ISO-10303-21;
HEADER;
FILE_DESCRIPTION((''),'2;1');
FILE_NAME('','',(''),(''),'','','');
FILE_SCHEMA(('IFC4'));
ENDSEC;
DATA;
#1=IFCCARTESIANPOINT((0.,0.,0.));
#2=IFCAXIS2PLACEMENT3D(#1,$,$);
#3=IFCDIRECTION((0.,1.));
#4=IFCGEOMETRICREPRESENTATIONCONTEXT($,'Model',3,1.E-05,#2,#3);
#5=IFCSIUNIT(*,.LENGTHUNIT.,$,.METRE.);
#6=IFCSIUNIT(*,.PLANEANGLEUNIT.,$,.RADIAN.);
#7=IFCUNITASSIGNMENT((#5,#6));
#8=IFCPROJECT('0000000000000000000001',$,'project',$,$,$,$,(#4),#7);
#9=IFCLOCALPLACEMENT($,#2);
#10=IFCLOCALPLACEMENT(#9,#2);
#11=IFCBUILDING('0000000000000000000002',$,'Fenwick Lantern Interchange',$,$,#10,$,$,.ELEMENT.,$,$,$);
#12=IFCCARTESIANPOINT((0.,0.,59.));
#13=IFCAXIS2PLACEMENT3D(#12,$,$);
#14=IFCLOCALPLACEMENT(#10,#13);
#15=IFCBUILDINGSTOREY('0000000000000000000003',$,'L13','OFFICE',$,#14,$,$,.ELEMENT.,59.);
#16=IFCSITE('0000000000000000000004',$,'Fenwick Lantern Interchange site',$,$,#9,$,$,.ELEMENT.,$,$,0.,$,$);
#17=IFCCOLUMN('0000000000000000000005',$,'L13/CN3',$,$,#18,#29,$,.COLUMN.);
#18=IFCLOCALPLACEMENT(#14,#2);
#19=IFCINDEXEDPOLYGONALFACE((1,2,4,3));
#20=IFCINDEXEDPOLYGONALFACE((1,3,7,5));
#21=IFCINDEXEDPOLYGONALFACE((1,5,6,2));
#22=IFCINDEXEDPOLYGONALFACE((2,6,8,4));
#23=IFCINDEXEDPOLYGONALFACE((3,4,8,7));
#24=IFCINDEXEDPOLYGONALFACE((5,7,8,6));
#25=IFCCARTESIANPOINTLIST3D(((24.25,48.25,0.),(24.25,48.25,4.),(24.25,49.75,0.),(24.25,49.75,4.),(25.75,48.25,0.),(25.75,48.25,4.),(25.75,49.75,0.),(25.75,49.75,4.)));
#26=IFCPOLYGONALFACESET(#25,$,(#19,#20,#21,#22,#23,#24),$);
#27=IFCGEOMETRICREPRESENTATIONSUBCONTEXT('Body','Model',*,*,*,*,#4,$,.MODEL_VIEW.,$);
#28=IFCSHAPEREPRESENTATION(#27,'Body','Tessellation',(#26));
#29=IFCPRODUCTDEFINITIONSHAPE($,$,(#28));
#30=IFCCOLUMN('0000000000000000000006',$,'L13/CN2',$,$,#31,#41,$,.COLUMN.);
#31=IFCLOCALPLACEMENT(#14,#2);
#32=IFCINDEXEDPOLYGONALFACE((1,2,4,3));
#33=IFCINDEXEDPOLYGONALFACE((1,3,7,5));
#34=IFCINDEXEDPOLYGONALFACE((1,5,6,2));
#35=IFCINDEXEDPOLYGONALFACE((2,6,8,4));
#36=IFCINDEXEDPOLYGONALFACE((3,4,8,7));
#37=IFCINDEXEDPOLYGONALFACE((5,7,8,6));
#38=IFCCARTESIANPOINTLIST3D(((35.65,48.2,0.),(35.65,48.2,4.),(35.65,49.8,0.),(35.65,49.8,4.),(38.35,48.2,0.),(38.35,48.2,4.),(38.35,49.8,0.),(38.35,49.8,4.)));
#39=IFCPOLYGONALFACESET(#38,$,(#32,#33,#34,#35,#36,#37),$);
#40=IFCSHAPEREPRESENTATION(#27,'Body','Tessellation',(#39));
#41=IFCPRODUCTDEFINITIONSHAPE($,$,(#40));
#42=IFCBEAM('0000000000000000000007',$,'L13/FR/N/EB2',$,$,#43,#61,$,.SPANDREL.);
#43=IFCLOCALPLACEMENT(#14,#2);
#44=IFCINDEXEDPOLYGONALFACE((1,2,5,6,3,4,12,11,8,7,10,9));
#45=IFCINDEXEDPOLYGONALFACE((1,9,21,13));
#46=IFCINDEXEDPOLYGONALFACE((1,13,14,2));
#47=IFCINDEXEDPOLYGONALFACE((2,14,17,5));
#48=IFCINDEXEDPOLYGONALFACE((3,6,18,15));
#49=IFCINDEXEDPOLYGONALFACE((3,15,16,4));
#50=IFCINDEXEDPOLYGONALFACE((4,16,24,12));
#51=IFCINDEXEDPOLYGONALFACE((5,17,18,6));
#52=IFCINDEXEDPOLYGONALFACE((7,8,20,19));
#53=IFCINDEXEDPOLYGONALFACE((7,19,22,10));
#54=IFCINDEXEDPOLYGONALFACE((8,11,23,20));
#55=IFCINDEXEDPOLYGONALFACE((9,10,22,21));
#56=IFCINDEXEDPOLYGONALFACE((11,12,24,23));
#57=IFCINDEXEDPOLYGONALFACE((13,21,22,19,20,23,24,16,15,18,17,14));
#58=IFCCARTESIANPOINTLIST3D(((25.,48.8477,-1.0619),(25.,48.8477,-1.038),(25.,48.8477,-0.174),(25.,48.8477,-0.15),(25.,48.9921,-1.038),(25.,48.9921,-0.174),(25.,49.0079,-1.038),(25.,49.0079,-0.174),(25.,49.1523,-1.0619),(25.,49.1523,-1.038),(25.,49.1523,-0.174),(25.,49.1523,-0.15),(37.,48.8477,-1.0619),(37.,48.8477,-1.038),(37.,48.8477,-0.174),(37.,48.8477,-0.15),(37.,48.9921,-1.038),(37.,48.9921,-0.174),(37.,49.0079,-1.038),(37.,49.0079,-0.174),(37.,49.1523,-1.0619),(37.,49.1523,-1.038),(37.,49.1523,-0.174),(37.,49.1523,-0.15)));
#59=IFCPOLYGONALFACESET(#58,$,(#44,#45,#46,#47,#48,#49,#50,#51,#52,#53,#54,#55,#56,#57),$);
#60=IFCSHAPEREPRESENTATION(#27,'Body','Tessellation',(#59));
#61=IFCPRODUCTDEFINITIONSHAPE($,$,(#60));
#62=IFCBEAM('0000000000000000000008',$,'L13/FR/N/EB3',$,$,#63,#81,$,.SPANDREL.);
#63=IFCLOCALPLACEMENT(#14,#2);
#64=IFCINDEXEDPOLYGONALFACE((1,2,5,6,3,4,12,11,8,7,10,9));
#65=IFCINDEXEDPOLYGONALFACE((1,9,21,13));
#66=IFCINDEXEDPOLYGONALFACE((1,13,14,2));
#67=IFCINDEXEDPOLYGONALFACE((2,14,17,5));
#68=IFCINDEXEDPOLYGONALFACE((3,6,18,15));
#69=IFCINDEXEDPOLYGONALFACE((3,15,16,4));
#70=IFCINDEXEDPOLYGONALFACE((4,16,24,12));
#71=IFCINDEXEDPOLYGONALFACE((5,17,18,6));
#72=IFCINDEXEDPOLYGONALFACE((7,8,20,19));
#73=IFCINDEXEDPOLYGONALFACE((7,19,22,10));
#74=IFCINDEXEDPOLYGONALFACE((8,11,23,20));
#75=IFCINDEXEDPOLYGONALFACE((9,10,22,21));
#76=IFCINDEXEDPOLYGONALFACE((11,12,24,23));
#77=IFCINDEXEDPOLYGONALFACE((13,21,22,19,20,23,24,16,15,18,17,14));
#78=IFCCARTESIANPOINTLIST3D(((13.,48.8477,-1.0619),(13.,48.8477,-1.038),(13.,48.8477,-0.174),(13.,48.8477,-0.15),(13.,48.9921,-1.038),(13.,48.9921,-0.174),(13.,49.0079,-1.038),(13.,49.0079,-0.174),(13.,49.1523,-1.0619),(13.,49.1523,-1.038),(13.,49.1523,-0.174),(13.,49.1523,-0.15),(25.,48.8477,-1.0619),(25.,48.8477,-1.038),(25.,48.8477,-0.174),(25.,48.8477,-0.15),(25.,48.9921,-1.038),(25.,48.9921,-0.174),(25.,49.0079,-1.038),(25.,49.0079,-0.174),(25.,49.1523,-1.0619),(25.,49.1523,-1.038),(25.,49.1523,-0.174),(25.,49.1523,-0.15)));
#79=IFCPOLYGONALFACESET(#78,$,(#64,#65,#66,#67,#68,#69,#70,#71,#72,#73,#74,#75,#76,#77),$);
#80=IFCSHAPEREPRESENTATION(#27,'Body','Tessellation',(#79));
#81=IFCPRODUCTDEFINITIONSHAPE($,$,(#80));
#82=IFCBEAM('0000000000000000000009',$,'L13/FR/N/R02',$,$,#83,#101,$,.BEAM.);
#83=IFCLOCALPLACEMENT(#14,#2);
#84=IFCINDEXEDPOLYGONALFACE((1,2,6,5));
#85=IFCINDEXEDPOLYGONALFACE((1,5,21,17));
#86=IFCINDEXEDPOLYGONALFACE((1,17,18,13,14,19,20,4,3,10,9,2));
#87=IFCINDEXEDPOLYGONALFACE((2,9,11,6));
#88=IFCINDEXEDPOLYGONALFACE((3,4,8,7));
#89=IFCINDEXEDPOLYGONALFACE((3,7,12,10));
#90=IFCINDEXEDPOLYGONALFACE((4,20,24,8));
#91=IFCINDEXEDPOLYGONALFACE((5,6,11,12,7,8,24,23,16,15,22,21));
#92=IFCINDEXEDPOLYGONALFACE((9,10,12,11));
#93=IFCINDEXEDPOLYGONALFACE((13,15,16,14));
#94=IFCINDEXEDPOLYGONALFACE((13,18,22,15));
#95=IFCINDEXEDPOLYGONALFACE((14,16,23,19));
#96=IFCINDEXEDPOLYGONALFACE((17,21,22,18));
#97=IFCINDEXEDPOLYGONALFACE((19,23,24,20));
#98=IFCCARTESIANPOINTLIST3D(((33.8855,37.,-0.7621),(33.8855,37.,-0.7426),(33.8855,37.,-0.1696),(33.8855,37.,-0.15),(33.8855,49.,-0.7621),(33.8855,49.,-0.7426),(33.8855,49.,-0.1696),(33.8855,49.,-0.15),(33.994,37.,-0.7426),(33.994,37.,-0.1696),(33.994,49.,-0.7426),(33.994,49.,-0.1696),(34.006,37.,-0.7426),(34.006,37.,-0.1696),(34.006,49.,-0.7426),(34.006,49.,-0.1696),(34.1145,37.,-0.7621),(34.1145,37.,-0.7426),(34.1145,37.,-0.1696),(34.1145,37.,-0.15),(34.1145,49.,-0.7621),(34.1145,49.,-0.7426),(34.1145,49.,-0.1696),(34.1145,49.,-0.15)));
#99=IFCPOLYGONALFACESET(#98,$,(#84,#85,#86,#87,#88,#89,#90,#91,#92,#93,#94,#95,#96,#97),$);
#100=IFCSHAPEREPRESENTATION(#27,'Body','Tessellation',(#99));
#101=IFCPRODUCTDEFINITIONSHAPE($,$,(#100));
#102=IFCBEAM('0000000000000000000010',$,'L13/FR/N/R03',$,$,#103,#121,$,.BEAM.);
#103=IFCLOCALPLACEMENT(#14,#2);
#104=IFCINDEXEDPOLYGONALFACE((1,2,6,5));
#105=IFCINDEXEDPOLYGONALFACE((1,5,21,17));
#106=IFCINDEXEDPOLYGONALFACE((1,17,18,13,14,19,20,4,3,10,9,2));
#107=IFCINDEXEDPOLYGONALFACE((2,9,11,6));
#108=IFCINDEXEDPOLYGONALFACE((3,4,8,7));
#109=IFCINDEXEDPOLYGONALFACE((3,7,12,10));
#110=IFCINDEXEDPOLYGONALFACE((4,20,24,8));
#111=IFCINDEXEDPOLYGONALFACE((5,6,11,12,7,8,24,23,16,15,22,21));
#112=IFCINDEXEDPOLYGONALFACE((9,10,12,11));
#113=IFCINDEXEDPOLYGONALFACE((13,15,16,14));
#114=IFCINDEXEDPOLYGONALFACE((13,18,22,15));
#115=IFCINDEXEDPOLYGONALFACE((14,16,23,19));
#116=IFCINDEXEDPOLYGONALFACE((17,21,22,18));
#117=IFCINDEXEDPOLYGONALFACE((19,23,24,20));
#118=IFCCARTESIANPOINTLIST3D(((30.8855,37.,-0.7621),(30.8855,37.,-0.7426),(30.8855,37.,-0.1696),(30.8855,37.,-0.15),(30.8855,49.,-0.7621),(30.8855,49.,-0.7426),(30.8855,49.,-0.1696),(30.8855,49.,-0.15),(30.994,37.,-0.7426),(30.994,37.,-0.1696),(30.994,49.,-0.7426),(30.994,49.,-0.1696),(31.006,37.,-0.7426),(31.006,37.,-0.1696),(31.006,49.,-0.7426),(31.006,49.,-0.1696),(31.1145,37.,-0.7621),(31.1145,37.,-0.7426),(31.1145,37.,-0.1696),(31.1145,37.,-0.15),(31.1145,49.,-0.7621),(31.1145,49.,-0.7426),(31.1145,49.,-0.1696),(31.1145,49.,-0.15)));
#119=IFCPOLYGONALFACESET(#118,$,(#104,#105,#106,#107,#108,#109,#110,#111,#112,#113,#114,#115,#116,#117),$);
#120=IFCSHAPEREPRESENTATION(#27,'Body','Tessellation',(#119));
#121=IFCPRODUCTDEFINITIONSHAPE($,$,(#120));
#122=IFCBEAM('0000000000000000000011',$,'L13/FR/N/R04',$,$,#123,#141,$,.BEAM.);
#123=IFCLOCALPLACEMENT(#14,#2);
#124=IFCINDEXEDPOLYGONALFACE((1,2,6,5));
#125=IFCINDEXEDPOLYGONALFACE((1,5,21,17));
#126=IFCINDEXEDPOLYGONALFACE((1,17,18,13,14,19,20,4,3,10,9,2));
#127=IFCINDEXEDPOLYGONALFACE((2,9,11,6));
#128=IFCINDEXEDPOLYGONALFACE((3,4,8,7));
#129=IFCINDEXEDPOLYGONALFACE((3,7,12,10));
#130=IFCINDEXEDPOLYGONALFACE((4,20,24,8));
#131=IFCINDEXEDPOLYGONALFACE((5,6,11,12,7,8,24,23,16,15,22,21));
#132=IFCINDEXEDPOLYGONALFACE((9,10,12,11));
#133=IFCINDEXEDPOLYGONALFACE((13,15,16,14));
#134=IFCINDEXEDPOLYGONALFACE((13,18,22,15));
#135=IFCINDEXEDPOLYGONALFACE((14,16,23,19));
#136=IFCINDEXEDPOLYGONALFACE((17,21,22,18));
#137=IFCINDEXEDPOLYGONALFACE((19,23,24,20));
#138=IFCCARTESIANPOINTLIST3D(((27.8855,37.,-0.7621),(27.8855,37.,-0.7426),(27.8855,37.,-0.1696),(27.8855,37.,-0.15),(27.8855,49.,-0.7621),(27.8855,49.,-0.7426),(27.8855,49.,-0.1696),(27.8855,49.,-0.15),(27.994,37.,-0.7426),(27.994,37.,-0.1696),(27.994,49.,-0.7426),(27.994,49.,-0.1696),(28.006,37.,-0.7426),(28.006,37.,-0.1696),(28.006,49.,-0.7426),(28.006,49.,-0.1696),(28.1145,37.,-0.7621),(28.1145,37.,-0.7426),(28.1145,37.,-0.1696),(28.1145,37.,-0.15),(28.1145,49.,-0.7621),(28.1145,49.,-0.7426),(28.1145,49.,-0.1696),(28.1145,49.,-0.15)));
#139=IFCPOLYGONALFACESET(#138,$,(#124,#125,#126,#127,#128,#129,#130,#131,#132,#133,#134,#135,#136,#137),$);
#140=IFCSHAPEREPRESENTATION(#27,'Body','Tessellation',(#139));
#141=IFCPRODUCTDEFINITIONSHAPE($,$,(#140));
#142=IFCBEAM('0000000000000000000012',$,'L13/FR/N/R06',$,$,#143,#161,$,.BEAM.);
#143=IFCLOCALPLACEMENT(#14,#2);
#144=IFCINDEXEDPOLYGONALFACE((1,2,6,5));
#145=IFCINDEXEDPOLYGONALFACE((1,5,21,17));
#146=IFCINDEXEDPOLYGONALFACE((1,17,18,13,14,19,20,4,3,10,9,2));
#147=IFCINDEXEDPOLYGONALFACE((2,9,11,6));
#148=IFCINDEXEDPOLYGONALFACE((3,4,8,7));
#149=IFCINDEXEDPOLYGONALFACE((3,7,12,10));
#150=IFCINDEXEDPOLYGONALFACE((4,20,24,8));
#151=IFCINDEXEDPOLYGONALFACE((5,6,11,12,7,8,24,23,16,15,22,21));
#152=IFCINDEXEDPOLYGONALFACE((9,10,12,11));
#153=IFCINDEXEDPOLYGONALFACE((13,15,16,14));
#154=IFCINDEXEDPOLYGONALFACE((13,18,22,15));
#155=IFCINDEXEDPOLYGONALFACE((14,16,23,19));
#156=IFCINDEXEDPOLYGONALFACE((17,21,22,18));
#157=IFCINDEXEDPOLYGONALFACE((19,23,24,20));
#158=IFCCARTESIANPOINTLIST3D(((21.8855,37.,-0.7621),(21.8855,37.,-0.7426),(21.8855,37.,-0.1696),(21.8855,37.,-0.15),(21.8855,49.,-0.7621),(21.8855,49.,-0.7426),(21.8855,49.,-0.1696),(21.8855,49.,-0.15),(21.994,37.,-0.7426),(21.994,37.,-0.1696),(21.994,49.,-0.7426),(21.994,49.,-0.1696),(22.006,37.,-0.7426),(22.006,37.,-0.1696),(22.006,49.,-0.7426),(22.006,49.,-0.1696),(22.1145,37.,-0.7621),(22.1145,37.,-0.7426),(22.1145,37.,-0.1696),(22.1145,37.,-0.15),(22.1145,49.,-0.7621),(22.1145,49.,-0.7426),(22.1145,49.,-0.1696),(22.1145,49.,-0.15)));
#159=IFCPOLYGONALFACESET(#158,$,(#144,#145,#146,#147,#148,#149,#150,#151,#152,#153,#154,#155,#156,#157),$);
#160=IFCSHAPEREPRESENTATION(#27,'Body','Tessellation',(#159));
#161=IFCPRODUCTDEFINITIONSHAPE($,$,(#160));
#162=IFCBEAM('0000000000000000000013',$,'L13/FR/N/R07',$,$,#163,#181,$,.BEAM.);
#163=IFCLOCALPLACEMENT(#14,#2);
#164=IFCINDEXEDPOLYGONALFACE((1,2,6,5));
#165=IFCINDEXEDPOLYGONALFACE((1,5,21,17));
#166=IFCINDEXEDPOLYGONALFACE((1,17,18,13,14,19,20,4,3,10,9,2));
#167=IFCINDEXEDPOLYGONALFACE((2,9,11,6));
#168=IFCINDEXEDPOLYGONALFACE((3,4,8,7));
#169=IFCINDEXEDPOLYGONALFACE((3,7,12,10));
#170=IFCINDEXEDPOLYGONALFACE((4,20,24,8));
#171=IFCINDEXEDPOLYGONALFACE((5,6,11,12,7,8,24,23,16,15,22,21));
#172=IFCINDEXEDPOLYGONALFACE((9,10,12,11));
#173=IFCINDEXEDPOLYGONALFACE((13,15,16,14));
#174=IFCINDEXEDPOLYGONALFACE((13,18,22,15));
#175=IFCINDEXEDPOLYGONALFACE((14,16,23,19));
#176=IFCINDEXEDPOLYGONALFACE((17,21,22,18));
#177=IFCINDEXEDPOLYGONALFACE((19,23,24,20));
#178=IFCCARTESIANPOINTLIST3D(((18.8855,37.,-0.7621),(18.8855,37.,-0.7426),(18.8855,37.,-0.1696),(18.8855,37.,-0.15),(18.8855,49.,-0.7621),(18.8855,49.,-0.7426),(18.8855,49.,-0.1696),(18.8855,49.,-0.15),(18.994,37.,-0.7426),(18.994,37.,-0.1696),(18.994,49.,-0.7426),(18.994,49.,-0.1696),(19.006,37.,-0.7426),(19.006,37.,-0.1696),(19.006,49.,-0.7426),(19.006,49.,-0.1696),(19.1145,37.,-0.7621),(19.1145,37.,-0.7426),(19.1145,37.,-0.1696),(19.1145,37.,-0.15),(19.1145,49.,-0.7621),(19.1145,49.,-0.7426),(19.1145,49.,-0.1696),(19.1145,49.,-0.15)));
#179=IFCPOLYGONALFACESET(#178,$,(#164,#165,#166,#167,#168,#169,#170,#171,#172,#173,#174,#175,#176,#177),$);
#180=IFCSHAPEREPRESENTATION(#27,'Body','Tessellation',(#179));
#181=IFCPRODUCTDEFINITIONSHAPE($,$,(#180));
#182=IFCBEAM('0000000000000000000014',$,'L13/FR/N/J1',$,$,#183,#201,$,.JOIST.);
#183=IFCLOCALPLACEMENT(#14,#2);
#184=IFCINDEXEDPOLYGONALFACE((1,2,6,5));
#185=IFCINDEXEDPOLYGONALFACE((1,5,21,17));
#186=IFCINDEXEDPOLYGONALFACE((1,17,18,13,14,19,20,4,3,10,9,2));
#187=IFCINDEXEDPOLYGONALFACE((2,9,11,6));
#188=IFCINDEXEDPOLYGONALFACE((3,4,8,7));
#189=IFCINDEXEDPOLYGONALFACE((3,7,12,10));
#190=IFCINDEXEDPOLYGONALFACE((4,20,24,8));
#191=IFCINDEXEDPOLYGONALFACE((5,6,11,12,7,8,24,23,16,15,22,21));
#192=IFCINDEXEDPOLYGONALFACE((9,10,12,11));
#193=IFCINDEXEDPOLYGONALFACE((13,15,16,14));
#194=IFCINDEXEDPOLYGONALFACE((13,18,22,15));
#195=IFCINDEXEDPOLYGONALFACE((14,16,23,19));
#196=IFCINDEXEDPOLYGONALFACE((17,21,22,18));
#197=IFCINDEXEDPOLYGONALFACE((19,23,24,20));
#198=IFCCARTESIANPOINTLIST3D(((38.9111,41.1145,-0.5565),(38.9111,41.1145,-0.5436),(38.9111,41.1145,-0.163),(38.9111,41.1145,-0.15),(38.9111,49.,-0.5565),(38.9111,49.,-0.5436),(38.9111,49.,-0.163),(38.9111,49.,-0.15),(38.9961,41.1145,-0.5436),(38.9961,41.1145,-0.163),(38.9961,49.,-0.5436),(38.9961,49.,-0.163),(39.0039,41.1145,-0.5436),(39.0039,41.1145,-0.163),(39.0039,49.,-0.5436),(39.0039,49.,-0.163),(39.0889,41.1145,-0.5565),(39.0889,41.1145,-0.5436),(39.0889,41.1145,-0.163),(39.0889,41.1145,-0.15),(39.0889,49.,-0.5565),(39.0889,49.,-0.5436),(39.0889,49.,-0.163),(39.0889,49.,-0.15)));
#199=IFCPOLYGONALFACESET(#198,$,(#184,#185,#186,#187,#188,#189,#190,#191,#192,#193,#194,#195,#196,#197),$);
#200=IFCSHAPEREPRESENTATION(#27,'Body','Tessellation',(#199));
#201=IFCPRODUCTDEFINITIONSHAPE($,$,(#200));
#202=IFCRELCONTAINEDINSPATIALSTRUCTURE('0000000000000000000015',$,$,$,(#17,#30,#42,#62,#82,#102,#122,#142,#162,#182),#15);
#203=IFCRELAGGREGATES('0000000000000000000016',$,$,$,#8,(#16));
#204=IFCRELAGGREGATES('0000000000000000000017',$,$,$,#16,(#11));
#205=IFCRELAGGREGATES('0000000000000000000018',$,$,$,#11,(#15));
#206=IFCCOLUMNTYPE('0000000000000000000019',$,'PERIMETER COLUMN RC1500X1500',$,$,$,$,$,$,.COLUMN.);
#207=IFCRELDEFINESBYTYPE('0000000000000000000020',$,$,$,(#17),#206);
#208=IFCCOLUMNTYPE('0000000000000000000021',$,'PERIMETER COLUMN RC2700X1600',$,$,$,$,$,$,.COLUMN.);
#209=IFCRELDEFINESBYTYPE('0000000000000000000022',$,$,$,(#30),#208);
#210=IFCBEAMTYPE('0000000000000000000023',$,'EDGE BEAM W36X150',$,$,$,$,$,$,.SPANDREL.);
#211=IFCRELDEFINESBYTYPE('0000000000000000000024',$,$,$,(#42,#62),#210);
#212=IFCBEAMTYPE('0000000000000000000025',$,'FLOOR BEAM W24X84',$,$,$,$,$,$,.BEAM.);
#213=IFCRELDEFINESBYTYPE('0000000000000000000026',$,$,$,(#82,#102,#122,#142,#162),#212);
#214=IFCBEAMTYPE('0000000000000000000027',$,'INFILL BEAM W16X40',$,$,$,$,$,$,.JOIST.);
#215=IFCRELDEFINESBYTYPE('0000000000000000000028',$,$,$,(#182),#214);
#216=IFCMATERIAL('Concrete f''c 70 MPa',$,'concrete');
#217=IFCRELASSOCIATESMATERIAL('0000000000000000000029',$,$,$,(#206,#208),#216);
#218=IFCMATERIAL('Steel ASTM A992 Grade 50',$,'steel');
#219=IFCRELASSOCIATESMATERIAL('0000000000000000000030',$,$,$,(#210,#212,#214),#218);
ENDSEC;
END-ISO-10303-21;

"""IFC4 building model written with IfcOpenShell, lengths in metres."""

from ifc_helpers import new_model, si_unit, direction, frame, origin, origin_2d, place, context, subcontext, project, spatial, rectangle, i_section, extrude, material, material_profile, profile_set, type_object, element, save


model = new_model("IFC4")

# Units and contexts
model_context = context("Model", 3, precision=1e-05, world=origin(), true_north=direction((0.0, 1.0)))
body_context = subcontext(model_context, "Body", "Model", "MODEL_VIEW")
ifc_project = project(units=[si_unit("LENGTHUNIT", "METRE"), si_unit("PLANEANGLEUNIT", "RADIAN")], contexts=[model_context])

# Site, building, storey
site_placement = place(None, origin())
site = spatial("IfcSite", under=ifc_project, at=site_placement, Name="Fenwick Lantern Interchange site", CompositionType="ELEMENT", RefElevation=0.0)
building_placement = place(site_placement, origin())
building = spatial("IfcBuilding", under=site, at=building_placement, Name="Fenwick Lantern Interchange", CompositionType="ELEMENT")
storey_placement = place(building_placement, frame((0.0, 0.0, 59.0)))
storey = spatial("IfcBuildingStorey", under=building, at=storey_placement, Name="L13", Description="OFFICE", CompositionType="ELEMENT", Elevation=59.0)

# Columns
ifc_material_1 = material(Name="Concrete f'c 70 MPa", Category="concrete")
ifc_material_profile_1 = material_profile(ifc_material_1, rectangle(XDim=1.5, YDim=1.5, at=origin_2d()), Name="RC1500X1500")
ifc_profile_set_1 = profile_set([ifc_material_profile_1], Name="Concrete f'c 70 MPa")
column_type_1 = type_object("IfcColumnType", Name="PERIMETER COLUMN RC1500X1500", PredefinedType="COLUMN", material=ifc_profile_set_1)
column_1_placement = place(storey_placement, frame((25.0, 49.0, 0.0), z_axis=(0.0, 0.0, 1.0), x_axis=(1.0, 0.0, 0.0)))
element("IfcColumn", 1, at=column_1_placement, inside=storey, type_object=column_type_1, Name="L13/CN3", PredefinedType="COLUMN", context=body_context, shape_type="SweptSolid", body=[
    extrude(rectangle(XDim=1.5, YDim=1.5, at=origin_2d()), origin(), (0.0, 0.0, 1.0), 4.0),
])
ifc_material_profile_2 = material_profile(ifc_material_1, rectangle(XDim=2.7, YDim=1.6001, at=origin_2d()), Name="RC2700X1600")
ifc_profile_set_2 = profile_set([ifc_material_profile_2], Name="Concrete f'c 70 MPa")
column_type_2 = type_object("IfcColumnType", Name="PERIMETER COLUMN RC2700X1600", PredefinedType="COLUMN", material=ifc_profile_set_2)
column_2_placement = place(storey_placement, frame((37.0, 49.0, 0.0), z_axis=(0.0, 0.0, 1.0), x_axis=(1.0, 0.0, 0.0)))
element("IfcColumn", 2, at=column_2_placement, inside=storey, type_object=column_type_2, Name="L13/CN2", PredefinedType="COLUMN", context=body_context, shape_type="SweptSolid", body=[
    extrude(rectangle(XDim=2.7, YDim=1.6001, at=origin_2d()), origin(), (0.0, 0.0, 1.0), 4.0),
])

# Beams
ifc_material_2 = material(Name="Steel ASTM A992 Grade 50", Category="steel")
ifc_material_profile_3 = material_profile(ifc_material_2, i_section(OverallWidth=0.3047, OverallDepth=0.9119, WebThickness=0.0159, FlangeThickness=0.0239, at=origin_2d()), Name="W36X150")
ifc_profile_set_3 = profile_set([ifc_material_profile_3], Name="Steel ASTM A992 Grade 50")
beam_type_1 = type_object("IfcBeamType", Name="EDGE BEAM W36X150", PredefinedType="SPANDREL", material=ifc_profile_set_3)
for number, where, z_axis, x_axis, name in (
    (3, (37.0, 49.0, -0.606), (-1.0, 0.0, 0.0), (0.0, -1.0, 0.0), "L13/FR/N/EB2"),
    (4, (25.0, 49.0, -0.606), (-1.0, 0.0, 0.0), (0.0, -1.0, 0.0), "L13/FR/N/EB3"),
):
    element("IfcBeam", number, at=place(storey_placement, frame(where, z_axis=z_axis, x_axis=x_axis)), inside=storey, type_object=beam_type_1, Name=name, PredefinedType="SPANDREL", context=body_context, shape_type="SweptSolid", body=[
        extrude(i_section(OverallWidth=0.3047, OverallDepth=0.9119, WebThickness=0.0159, FlangeThickness=0.0239, at=origin_2d()), origin(), (0.0, 0.0, 1.0), 12.0),
    ])
ifc_material_profile_4 = material_profile(ifc_material_2, i_section(OverallWidth=0.229, OverallDepth=0.6121, WebThickness=0.012, FlangeThickness=0.0195, at=origin_2d()), Name="W24X84")
ifc_profile_set_4 = profile_set([ifc_material_profile_4], Name="Steel ASTM A992 Grade 50")
beam_type_2 = type_object("IfcBeamType", Name="FLOOR BEAM W24X84", PredefinedType="BEAM", material=ifc_profile_set_4)
for number, where, z_axis, x_axis, name in (
    (5, (34.0, 49.0, -0.4561), (0.0, -1.0, 0.0), (1.0, 0.0, 0.0), "L13/FR/N/R02"),
    (6, (31.0, 49.0, -0.4561), (0.0, -1.0, 0.0), (1.0, 0.0, 0.0), "L13/FR/N/R03"),
    (7, (28.0, 49.0, -0.4561), (0.0, -1.0, 0.0), (1.0, 0.0, 0.0), "L13/FR/N/R04"),
    (8, (22.0, 49.0, -0.4561), (0.0, -1.0, 0.0), (1.0, 0.0, 0.0), "L13/FR/N/R06"),
    (9, (19.0, 49.0, -0.4561), (0.0, -1.0, 0.0), (1.0, 0.0, 0.0), "L13/FR/N/R07"),
):
    element("IfcBeam", number, at=place(storey_placement, frame(where, z_axis=z_axis, x_axis=x_axis)), inside=storey, type_object=beam_type_2, Name=name, PredefinedType="BEAM", context=body_context, shape_type="SweptSolid", body=[
        extrude(i_section(OverallWidth=0.229, OverallDepth=0.6121, WebThickness=0.012, FlangeThickness=0.0195, at=origin_2d()), origin(), (0.0, 0.0, 1.0), 12.0),
    ])
ifc_material_profile_5 = material_profile(ifc_material_2, i_section(OverallWidth=0.1777, OverallDepth=0.4065, WebThickness=0.0078, FlangeThickness=0.0129, at=origin_2d()), Name="W16X40")
ifc_profile_set_5 = profile_set([ifc_material_profile_5], Name="Steel ASTM A992 Grade 50")
beam_type_3 = type_object("IfcBeamType", Name="INFILL BEAM W16X40", PredefinedType="JOIST", material=ifc_profile_set_5)
beam_1_placement = place(storey_placement, frame((39.0, 49.0, -0.3533), z_axis=(0.0, -1.0, 0.0), x_axis=(1.0, 0.0, 0.0)))
element("IfcBeam", 10, at=beam_1_placement, inside=storey, type_object=beam_type_3, Name="L13/FR/N/J1", PredefinedType="JOIST", context=body_context, shape_type="SweptSolid", body=[
    extrude(i_section(OverallWidth=0.1777, OverallDepth=0.4065, WebThickness=0.0078, FlangeThickness=0.0129, at=origin_2d()), origin(), (0.0, 0.0, 1.0), 7.8855),
])

save(model, "model.ifc")
